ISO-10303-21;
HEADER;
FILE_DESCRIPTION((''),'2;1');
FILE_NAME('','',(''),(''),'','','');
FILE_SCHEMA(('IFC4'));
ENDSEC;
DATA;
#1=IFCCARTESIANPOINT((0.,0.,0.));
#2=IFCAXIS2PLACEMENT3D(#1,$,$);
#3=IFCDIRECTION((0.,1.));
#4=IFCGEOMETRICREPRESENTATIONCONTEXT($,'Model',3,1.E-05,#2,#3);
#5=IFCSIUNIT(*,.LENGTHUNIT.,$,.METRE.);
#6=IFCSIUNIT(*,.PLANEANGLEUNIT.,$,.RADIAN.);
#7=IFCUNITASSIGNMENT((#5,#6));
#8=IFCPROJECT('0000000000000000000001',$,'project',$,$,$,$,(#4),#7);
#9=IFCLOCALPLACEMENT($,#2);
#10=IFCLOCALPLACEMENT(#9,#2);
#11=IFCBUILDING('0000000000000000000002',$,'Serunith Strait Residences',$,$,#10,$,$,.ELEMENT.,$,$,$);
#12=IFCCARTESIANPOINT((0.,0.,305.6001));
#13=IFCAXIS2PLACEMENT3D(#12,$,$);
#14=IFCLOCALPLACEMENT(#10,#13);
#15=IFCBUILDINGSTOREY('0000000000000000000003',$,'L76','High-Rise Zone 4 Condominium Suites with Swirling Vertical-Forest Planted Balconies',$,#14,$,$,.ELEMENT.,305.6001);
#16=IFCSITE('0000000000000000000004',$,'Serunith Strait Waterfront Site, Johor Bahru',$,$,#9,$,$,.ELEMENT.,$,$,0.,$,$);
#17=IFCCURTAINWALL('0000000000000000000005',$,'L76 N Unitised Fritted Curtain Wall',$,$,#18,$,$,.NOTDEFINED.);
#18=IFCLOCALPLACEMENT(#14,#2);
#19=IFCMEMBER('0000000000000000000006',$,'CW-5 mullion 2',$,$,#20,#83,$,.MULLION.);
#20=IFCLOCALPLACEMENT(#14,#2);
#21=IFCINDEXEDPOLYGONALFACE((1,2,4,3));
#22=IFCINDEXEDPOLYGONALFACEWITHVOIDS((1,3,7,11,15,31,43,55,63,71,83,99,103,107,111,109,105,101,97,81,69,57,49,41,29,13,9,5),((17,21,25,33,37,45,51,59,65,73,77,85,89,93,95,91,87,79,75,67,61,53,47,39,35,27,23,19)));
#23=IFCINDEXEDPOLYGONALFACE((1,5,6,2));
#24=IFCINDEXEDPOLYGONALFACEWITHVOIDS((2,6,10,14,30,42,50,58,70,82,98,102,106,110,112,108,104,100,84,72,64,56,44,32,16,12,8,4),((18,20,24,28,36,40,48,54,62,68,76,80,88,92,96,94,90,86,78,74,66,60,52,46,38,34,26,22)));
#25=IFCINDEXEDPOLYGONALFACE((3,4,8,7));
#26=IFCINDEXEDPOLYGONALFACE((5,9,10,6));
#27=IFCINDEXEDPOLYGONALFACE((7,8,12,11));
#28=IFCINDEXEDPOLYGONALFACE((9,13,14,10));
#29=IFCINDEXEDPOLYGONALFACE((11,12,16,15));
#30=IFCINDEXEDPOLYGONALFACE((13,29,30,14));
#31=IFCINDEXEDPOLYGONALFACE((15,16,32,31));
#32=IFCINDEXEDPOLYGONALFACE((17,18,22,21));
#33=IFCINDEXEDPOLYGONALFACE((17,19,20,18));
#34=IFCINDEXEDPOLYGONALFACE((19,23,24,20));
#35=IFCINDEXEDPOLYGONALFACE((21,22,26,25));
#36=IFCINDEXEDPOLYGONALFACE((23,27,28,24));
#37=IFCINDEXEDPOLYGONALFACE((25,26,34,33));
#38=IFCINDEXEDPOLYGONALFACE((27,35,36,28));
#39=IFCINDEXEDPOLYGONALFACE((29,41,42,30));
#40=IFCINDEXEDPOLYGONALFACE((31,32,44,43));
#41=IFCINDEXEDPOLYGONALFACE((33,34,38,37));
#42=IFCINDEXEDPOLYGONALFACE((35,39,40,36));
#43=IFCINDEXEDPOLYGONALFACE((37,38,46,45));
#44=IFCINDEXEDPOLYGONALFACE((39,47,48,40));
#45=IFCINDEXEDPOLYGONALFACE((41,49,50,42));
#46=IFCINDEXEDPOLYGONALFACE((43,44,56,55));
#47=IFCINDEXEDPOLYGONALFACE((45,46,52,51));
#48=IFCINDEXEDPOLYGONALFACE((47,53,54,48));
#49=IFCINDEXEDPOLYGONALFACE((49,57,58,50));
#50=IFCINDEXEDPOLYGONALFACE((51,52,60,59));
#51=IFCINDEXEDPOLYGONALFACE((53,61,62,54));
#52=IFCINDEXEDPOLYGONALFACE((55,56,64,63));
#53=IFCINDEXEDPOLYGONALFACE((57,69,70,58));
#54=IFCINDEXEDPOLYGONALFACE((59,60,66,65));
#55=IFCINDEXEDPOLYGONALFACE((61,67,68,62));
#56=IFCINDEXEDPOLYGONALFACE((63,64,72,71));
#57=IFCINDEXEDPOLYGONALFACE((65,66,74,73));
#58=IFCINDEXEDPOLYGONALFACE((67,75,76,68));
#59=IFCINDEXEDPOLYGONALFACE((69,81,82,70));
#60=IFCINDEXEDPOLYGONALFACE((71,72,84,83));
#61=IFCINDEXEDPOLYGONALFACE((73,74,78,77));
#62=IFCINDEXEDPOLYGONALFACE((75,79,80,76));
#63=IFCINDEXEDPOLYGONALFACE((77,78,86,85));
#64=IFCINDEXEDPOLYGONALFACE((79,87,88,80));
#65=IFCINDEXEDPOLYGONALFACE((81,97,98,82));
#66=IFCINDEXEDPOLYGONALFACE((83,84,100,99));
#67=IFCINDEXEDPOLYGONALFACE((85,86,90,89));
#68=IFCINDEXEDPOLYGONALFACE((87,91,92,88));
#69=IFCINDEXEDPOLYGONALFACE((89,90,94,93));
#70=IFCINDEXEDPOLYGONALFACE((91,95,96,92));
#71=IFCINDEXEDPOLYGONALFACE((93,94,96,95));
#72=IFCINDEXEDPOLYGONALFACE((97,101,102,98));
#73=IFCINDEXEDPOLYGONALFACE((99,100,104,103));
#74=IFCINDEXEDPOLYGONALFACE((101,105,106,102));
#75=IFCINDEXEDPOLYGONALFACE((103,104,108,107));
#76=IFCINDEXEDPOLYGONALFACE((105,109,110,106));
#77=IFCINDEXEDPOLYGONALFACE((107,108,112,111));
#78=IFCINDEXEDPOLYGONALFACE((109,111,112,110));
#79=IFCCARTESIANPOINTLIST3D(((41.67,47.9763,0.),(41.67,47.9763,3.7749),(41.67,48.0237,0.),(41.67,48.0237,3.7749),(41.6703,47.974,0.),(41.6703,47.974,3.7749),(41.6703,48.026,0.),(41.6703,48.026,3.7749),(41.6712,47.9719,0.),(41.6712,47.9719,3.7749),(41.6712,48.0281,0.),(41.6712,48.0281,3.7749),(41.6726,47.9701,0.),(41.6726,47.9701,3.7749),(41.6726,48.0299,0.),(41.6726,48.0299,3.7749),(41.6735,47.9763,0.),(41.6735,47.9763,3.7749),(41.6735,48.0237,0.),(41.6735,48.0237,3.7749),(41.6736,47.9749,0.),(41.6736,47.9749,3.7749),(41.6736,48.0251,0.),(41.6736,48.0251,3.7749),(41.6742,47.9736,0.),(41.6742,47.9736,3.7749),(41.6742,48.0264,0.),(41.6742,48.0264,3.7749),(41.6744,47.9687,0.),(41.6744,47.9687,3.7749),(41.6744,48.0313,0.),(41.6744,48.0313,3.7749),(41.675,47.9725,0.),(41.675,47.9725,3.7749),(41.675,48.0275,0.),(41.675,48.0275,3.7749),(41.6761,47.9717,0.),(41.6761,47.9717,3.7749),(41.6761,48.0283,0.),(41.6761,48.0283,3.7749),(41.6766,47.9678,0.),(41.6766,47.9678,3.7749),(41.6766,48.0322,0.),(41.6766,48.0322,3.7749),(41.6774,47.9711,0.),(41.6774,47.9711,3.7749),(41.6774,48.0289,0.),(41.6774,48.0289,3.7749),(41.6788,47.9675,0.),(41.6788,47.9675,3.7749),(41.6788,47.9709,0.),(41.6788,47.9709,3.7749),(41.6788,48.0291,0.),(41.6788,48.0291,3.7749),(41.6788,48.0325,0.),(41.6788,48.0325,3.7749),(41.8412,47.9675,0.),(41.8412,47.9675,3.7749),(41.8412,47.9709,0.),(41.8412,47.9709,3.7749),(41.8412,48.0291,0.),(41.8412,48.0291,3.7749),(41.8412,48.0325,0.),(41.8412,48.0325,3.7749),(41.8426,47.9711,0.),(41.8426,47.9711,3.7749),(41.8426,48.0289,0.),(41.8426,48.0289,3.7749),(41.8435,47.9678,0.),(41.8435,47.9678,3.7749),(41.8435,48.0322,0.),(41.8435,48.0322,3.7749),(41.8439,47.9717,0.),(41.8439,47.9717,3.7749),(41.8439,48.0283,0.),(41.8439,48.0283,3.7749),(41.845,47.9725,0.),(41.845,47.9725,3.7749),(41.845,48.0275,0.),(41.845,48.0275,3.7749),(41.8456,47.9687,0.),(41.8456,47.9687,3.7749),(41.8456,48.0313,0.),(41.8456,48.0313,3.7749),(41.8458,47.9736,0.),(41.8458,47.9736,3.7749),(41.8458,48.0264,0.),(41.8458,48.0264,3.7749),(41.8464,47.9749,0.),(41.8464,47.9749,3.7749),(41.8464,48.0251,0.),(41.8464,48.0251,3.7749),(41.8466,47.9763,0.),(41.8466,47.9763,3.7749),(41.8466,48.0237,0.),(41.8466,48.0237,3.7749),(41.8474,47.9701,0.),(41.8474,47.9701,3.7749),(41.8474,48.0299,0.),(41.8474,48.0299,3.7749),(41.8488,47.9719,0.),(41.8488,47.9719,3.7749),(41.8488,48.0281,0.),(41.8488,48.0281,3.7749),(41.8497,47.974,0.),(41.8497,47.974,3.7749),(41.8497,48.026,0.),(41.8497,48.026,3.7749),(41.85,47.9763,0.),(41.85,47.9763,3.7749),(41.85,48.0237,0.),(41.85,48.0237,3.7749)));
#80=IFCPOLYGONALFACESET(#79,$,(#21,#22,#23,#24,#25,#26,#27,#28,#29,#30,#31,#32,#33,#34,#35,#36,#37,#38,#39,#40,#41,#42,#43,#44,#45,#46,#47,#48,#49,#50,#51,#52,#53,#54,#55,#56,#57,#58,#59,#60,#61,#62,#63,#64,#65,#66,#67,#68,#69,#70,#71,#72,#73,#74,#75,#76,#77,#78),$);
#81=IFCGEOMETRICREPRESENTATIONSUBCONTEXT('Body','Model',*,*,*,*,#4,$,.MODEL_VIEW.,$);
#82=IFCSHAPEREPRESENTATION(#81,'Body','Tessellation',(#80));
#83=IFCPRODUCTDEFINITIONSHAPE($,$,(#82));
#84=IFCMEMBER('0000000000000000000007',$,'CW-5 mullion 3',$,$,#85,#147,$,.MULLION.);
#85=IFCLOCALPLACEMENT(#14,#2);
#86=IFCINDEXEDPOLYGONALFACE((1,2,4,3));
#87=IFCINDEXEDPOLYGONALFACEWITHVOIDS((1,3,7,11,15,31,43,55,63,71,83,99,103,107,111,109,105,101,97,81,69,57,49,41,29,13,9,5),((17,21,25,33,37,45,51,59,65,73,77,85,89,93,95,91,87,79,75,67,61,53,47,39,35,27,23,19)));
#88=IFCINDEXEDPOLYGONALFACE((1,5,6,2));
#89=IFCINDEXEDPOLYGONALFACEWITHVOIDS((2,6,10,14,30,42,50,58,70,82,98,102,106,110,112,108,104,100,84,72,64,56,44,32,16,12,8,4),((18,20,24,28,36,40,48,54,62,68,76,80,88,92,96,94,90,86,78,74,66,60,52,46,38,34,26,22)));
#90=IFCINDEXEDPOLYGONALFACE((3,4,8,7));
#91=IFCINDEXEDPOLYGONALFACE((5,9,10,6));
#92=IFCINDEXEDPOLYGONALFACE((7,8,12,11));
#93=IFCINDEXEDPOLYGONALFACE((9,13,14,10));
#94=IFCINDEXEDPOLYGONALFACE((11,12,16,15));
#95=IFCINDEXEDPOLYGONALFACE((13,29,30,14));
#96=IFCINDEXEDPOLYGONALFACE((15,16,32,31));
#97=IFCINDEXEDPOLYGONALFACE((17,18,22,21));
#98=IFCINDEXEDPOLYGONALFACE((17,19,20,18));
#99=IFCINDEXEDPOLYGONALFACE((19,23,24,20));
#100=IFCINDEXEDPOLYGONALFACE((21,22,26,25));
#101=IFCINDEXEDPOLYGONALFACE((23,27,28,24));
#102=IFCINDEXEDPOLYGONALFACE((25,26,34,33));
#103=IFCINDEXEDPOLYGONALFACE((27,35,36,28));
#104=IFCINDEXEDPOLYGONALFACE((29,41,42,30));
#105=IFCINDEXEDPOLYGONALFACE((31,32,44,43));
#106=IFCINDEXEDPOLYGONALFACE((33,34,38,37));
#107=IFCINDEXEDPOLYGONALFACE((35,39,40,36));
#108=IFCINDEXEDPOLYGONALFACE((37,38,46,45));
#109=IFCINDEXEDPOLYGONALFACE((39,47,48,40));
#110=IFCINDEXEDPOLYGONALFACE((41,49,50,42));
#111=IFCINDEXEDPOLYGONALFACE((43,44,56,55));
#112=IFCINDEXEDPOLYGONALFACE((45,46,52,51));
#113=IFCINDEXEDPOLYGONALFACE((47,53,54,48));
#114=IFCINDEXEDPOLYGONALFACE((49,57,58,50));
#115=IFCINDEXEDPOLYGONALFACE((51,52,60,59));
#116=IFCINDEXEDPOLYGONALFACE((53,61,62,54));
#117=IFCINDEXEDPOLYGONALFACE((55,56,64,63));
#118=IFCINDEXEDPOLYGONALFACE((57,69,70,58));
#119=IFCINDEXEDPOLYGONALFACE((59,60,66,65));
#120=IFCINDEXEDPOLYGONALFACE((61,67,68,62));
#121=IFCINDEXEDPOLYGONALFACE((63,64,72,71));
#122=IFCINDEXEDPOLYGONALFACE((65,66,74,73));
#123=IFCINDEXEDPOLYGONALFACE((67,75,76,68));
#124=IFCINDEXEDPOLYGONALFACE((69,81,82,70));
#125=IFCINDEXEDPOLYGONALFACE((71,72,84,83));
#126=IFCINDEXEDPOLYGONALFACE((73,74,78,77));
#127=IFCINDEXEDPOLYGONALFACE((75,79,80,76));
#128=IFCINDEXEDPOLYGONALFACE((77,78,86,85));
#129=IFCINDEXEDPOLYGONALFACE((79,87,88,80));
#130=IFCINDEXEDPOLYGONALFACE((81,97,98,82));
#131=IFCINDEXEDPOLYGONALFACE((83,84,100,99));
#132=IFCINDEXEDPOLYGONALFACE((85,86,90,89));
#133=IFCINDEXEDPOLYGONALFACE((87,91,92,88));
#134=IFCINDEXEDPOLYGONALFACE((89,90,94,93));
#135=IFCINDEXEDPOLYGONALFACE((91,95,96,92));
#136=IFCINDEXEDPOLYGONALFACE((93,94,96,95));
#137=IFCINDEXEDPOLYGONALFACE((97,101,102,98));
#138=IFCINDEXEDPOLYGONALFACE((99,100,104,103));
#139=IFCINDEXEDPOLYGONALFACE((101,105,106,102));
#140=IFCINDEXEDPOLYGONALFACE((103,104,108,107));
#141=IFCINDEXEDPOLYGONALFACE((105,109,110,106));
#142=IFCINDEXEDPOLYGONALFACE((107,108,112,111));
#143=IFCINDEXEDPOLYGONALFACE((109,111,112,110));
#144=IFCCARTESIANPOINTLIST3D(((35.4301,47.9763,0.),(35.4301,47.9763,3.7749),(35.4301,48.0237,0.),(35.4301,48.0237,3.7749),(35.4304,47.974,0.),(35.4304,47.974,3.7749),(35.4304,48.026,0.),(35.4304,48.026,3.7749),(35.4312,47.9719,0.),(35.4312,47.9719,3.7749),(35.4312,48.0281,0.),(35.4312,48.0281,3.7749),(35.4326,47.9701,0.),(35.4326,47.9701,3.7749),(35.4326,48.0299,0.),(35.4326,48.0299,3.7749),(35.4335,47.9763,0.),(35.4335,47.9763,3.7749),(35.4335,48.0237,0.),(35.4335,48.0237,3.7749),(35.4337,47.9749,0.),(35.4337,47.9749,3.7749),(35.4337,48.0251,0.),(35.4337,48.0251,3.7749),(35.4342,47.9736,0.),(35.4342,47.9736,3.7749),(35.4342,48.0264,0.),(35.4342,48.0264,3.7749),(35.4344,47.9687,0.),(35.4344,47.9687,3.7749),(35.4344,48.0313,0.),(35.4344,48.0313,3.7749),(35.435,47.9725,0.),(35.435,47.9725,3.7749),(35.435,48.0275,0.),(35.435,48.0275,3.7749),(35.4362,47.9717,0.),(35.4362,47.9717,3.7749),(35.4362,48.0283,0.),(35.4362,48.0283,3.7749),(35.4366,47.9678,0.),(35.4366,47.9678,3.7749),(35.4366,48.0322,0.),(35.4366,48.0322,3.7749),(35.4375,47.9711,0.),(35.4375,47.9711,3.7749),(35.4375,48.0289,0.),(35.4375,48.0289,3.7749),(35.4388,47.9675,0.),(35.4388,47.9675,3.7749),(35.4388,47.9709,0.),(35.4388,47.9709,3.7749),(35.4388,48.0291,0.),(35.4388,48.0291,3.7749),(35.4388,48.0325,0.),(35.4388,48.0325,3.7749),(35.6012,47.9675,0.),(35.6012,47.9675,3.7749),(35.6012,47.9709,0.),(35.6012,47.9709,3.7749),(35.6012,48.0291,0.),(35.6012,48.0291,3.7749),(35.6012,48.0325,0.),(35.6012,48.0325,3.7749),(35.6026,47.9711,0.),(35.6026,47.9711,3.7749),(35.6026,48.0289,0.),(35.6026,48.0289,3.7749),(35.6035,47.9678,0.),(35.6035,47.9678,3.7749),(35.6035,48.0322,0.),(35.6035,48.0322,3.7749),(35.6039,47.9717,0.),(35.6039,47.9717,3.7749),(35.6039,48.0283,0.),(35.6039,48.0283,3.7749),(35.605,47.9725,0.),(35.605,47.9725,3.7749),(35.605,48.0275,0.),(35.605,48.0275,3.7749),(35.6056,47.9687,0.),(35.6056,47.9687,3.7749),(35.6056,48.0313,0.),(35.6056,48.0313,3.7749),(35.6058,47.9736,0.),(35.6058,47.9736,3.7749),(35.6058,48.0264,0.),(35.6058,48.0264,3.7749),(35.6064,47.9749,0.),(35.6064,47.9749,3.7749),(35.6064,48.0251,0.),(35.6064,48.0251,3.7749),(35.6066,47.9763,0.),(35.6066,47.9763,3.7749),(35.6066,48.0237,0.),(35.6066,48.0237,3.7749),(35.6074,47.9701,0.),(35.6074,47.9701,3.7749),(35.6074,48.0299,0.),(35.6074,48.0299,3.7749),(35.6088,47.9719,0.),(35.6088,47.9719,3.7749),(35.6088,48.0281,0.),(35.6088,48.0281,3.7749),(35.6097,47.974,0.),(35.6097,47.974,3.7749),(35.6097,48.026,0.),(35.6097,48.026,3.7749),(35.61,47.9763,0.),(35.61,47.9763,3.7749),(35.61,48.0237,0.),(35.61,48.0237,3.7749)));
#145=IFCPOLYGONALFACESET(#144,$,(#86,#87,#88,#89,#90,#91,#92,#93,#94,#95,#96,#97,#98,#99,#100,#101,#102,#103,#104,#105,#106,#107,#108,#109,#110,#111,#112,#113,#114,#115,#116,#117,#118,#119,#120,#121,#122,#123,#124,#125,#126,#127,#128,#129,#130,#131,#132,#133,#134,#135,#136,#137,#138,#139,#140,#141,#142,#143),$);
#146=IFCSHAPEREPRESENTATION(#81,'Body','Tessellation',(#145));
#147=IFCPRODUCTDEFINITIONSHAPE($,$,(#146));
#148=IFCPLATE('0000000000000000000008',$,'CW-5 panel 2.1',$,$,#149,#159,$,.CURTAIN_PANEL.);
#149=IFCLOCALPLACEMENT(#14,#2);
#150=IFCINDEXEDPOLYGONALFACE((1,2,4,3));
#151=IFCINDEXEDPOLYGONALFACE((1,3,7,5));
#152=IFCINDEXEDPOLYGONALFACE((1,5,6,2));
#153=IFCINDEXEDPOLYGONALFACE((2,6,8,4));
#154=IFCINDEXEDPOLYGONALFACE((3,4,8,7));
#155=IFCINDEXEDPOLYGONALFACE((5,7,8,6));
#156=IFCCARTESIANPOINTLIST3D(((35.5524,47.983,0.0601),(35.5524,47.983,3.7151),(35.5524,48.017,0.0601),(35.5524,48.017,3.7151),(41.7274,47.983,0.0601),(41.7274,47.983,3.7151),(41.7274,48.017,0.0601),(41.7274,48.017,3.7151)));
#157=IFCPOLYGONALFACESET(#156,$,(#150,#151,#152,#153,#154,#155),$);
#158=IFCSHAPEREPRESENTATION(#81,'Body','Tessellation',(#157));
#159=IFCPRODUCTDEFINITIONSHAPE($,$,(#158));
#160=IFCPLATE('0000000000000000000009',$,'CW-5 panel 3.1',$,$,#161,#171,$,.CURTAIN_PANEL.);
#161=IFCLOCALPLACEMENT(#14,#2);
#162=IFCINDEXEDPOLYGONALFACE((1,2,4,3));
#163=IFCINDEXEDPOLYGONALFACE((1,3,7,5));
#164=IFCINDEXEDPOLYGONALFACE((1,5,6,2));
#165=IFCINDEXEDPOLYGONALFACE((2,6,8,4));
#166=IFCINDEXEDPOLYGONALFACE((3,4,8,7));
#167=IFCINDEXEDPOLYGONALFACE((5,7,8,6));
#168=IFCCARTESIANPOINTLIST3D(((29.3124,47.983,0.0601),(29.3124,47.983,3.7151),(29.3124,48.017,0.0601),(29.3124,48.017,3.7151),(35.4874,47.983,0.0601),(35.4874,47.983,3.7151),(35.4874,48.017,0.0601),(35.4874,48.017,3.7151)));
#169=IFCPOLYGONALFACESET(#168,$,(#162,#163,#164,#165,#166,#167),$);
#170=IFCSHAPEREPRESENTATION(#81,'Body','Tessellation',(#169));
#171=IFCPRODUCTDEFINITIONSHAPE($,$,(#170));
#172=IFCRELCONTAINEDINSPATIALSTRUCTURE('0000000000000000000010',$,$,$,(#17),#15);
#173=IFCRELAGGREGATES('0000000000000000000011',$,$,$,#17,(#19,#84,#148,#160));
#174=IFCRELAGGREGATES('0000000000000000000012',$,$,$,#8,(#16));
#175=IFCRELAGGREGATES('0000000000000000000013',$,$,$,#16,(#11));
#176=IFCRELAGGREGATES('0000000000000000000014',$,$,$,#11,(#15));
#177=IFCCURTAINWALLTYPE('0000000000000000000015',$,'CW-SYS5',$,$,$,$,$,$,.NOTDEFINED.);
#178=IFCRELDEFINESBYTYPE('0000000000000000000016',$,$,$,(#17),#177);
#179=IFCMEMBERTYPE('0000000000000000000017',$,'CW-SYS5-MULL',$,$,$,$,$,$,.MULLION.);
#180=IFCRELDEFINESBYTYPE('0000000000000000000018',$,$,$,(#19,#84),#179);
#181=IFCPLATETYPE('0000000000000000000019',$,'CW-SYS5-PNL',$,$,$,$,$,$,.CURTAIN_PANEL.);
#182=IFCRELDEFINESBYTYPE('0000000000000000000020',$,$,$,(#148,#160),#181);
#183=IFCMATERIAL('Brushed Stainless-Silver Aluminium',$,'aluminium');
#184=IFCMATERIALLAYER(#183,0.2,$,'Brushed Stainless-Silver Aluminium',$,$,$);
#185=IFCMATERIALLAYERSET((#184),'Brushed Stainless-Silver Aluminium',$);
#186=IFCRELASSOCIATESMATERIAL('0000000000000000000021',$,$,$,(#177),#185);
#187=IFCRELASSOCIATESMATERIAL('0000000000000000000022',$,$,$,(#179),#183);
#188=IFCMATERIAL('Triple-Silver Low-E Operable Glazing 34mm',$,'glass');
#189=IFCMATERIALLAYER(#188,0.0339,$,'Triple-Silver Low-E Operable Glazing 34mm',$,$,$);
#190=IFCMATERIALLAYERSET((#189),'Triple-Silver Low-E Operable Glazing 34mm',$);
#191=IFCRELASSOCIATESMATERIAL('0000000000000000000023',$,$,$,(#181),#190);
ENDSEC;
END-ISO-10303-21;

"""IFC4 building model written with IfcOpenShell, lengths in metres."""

from ifc_helpers import new_model, si_unit, direction, frame, origin, origin_2d, place, context, subcontext, project, spatial, rectangle, hollow_rectangle, extrude, source, transform, mapped, material, layer, layer_set, material_profile, profile_set, type_object, element, aggregate, save


model = new_model("IFC4")

# Units and contexts
model_context = context("Model", 3, precision=1e-05, world=origin(), true_north=direction((0.0, 1.0)))
body_context = subcontext(model_context, "Body", "Model", "MODEL_VIEW")
ifc_project = project(units=[si_unit("LENGTHUNIT", "METRE"), si_unit("PLANEANGLEUNIT", "RADIAN")], contexts=[model_context])

# Site, building, storey
site_placement = place(None, origin())
site = spatial("IfcSite", under=ifc_project, at=site_placement, Name="Serunith Strait Waterfront Site, Johor Bahru", CompositionType="ELEMENT", RefElevation=0.0)
building_placement = place(site_placement, origin())
building = spatial("IfcBuilding", under=site, at=building_placement, Name="Serunith Strait Residences", CompositionType="ELEMENT")
storey_placement = place(building_placement, frame((0.0, 0.0, 305.6001)))
storey = spatial("IfcBuildingStorey", under=building, at=storey_placement, Name="L76", Description="High-Rise Zone 4 Condominium Suites with Swirling Vertical-Forest Planted Balconies", CompositionType="ELEMENT", Elevation=305.6001)

# Curtain wall, members, plates
ifc_material_1 = material(Name="Brushed Stainless-Silver Aluminium", Category="aluminium")
ifc_layer_1 = layer(ifc_material_1, 0.2, Name="Brushed Stainless-Silver Aluminium")
ifc_layer_set_1 = layer_set([ifc_layer_1], Name="Brushed Stainless-Silver Aluminium")
curtain_wall_type = type_object("IfcCurtainWallType", Name="CW-SYS5", PredefinedType="NOTDEFINED", material=ifc_layer_set_1)
curtain_wall_placement = place(storey_placement, origin())
curtain_wall = element("IfcCurtainWall", 1, at=curtain_wall_placement, inside=storey, type_object=curtain_wall_type, Name="L76 N Unitised Fritted Curtain Wall", PredefinedType="NOTDEFINED")
ifc_material_profile_1 = material_profile(ifc_material_1, hollow_rectangle(XDim=0.0649, YDim=0.1799, WallThickness=0.0034, InnerFilletRadius=0.0054, OuterFilletRadius=0.0088, at=origin_2d()), Name="ALU 180x65x3.5")
ifc_profile_set_1 = profile_set([ifc_material_profile_1], Name="Brushed Stainless-Silver Aluminium")
member_type_1 = type_object("IfcMemberType", Name="CW-SYS5-MULL", PredefinedType="MULLION", material=ifc_profile_set_1)
shared_shape_1 = source(origin(), body_context, "Body", "SweptSolid", [
    extrude(hollow_rectangle(XDim=0.0649, YDim=0.1799, WallThickness=0.0034, InnerFilletRadius=0.0054, OuterFilletRadius=0.0088, at=origin_2d()), origin(), (0.0, 0.0, 1.0), 3.7749),
])
member_1_placement = place(storey_placement, frame((41.76, 48.0, 0.0), z_axis=(0.0, 0.0, 1.0), x_axis=(0.0, -1.0, 0.0)))
member_1 = element("IfcMember", 2, at=member_1_placement, type_object=member_type_1, Name="CW-5 mullion 2", PredefinedType="MULLION", context=body_context, shape_type="MappedRepresentation", body=[
    mapped(shared_shape_1, transform((0.0, 0.0, 0.0), scale=1.0)),
])
member_2_placement = place(storey_placement, frame((35.52, 48.0, 0.0), z_axis=(0.0, 0.0, 1.0), x_axis=(0.0, -1.0, 0.0)))
member_2 = element("IfcMember", 3, at=member_2_placement, type_object=member_type_1, Name="CW-5 mullion 3", PredefinedType="MULLION", context=body_context, shape_type="MappedRepresentation", body=[
    mapped(shared_shape_1, transform((0.0, 0.0, 0.0), scale=1.0)),
])
ifc_material_2 = material(Name="Triple-Silver Low-E Operable Glazing 34mm", Category="glass")
ifc_layer_2 = layer(ifc_material_2, 0.0339, Name="Triple-Silver Low-E Operable Glazing 34mm")
ifc_layer_set_2 = layer_set([ifc_layer_2], Name="Triple-Silver Low-E Operable Glazing 34mm")
plate_type = type_object("IfcPlateType", Name="CW-SYS5-PNL", PredefinedType="CURTAIN_PANEL", material=ifc_layer_set_2)
shared_shape_2 = source(origin(), body_context, "Body", "SweptSolid", [
    extrude(rectangle(XDim=6.175, YDim=0.0339, at=origin_2d()), origin(), (0.0, 0.0, 1.0), 3.655),
])
plate_1_placement = place(storey_placement, frame((38.6399, 48.0, 0.0601), z_axis=(0.0, 0.0, 1.0), x_axis=(-1.0, 0.0, 0.0)))
plate_1 = element("IfcPlate", 4, at=plate_1_placement, type_object=plate_type, Name="CW-5 panel 2.1", PredefinedType="CURTAIN_PANEL", context=body_context, shape_type="MappedRepresentation", body=[
    mapped(shared_shape_2, transform((0.0, 0.0, 0.0), scale=1.0)),
])
plate_2_placement = place(storey_placement, frame((32.3999, 48.0, 0.0601), z_axis=(0.0, 0.0, 1.0), x_axis=(-1.0, 0.0, 0.0)))
plate_2 = element("IfcPlate", 5, at=plate_2_placement, type_object=plate_type, Name="CW-5 panel 3.1", PredefinedType="CURTAIN_PANEL", context=body_context, shape_type="MappedRepresentation", body=[
    mapped(shared_shape_2, transform((0.0, 0.0, 0.0), scale=1.0)),
])
aggregate(curtain_wall, [member_1, member_2, plate_1, plate_2])

save(model, "model.ifc")
